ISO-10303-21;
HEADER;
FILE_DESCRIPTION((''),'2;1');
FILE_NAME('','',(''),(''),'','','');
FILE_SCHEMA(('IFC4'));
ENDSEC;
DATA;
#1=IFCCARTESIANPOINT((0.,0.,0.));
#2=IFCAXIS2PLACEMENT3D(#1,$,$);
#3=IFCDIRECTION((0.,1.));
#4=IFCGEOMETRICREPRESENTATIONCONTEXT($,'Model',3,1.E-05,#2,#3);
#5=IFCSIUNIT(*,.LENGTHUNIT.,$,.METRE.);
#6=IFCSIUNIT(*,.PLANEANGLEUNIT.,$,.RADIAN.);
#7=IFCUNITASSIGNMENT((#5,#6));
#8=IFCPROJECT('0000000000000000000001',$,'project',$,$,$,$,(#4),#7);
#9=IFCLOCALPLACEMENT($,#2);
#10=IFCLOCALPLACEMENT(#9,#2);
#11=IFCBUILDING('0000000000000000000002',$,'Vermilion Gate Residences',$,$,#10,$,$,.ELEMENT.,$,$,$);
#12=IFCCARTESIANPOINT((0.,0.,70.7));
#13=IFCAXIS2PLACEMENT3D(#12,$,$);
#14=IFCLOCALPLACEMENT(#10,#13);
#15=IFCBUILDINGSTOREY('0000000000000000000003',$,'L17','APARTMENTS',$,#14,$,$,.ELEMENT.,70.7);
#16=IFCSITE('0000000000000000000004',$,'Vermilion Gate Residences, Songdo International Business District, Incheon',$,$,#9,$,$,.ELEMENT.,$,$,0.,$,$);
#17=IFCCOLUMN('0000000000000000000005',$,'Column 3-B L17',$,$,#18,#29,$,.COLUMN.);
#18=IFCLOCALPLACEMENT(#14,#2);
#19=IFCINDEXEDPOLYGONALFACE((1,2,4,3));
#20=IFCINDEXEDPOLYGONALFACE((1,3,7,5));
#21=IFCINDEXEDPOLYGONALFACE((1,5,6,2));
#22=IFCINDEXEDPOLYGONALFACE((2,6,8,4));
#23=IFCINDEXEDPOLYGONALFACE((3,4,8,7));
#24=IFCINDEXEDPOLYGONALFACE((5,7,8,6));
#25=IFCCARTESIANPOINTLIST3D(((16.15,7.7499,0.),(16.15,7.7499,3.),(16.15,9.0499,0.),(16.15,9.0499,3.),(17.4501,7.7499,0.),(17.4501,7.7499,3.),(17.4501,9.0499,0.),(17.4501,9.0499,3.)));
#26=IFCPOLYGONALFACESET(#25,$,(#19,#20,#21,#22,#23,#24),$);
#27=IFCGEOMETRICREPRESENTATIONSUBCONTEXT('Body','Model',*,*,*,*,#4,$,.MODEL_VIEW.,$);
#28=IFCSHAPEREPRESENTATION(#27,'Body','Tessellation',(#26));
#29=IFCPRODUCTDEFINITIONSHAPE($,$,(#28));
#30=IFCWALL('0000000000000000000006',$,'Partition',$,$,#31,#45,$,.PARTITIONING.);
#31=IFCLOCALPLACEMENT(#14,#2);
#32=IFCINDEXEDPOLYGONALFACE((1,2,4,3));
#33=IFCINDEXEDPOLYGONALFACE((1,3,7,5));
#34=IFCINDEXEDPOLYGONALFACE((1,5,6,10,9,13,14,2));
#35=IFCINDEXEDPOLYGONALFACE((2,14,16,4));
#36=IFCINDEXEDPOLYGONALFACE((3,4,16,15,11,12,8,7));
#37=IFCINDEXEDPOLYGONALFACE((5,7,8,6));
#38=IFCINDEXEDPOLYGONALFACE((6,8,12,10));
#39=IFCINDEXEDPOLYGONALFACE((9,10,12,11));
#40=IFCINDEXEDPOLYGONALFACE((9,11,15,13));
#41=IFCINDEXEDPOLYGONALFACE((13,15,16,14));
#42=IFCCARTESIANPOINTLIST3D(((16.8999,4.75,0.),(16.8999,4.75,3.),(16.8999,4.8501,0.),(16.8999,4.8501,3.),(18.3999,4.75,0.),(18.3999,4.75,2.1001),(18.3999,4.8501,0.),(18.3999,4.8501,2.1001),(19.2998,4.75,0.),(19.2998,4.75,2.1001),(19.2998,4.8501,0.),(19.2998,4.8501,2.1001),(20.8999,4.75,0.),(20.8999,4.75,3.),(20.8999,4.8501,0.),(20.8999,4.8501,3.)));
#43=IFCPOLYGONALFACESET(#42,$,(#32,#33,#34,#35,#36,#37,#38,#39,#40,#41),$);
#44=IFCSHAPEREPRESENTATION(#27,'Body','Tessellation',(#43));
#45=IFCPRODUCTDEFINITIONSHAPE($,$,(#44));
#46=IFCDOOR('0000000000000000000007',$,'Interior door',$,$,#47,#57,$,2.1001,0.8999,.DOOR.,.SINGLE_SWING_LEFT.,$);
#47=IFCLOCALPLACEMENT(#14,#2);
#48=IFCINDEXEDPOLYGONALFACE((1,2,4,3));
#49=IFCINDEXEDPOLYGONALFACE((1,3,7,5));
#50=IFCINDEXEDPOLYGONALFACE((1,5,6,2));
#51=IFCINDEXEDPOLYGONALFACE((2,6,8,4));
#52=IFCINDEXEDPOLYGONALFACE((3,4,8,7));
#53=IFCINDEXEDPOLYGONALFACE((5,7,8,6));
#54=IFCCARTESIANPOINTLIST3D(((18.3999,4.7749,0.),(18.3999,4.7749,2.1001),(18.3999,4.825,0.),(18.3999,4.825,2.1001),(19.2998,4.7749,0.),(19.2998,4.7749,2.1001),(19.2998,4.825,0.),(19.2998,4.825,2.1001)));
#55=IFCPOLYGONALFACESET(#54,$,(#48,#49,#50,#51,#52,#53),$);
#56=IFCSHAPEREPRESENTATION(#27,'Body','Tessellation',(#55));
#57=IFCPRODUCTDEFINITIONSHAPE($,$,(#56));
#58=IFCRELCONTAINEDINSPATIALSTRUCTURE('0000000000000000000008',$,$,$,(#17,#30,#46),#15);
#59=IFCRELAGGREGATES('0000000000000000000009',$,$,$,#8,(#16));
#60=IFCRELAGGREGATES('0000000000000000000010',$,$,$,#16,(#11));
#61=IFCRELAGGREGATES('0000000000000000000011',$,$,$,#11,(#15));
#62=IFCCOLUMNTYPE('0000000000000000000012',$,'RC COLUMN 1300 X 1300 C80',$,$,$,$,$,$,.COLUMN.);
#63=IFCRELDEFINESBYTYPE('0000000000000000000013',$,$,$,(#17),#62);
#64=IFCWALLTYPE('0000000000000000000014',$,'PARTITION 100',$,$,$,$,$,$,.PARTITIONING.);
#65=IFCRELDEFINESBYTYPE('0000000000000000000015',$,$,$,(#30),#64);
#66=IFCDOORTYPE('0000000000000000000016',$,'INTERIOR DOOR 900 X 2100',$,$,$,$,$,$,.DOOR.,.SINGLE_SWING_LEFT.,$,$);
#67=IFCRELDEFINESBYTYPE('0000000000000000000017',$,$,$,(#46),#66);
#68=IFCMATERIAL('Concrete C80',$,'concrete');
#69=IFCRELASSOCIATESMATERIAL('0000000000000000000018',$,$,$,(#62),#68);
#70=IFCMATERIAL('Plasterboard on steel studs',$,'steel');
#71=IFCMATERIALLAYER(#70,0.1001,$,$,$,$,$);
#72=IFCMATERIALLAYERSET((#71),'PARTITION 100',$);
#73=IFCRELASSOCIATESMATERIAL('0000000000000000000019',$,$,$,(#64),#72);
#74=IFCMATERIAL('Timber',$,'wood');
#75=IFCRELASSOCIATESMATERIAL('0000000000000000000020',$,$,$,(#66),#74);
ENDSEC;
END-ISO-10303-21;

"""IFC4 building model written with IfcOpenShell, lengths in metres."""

from ifc_helpers import new_model, si_unit, direction, frame, frame_2d, origin, origin_2d, place, context, subcontext, project, spatial, rectangle, extrude, material, layer, layer_set, material_profile, profile_set, type_object, element, fill, save


model = new_model("IFC4")

# Units and contexts
model_context = context("Model", 3, precision=1e-05, world=origin(), true_north=direction((0.0, 1.0)))
body_context = subcontext(model_context, "Body", "Model", "MODEL_VIEW")
ifc_project = project(units=[si_unit("LENGTHUNIT", "METRE"), si_unit("PLANEANGLEUNIT", "RADIAN")], contexts=[model_context])

# Site, building, storey
site_placement = place(None, origin())
site = spatial("IfcSite", under=ifc_project, at=site_placement, Name="Vermilion Gate Residences, Songdo International Business District, Incheon", CompositionType="ELEMENT", RefElevation=0.0)
building_placement = place(site_placement, origin())
building = spatial("IfcBuilding", under=site, at=building_placement, Name="Vermilion Gate Residences", CompositionType="ELEMENT")
storey_placement = place(building_placement, frame((0.0, 0.0, 70.7)))
storey = spatial("IfcBuildingStorey", under=building, at=storey_placement, Name="L17", Description="APARTMENTS", CompositionType="ELEMENT", Elevation=70.7)

# Column
ifc_material_1 = material(Name="Concrete C80", Category="concrete")
ifc_material_profile = material_profile(ifc_material_1, rectangle(XDim=1.3, YDim=1.3, at=origin_2d()), Name="RC-1300x1300")
ifc_profile_set = profile_set([ifc_material_profile], Name="Concrete C80")
column_type = type_object("IfcColumnType", Name="RC COLUMN 1300 X 1300 C80", PredefinedType="COLUMN", material=ifc_profile_set)
column_placement = place(storey_placement, frame((16.8, 8.3999, 0.0), z_axis=(0.0, 0.0, 1.0), x_axis=(1.0, 0.0, 0.0)))
element("IfcColumn", 1, at=column_placement, inside=storey, type_object=column_type, Name="Column 3-B L17", PredefinedType="COLUMN", context=body_context, shape_type="SweptSolid", body=[
    extrude(rectangle(XDim=1.3, YDim=1.3, at=origin_2d()), origin(), (0.0, 0.0, 1.0), 3.0),
])

# Wall, opening, door
ifc_material_2 = material(Name="Plasterboard on steel studs", Category="steel")
ifc_layer_1 = layer(ifc_material_2, 0.1001)
ifc_layer_set_1 = layer_set([ifc_layer_1], Name="PARTITION 100")
wall_type_1 = type_object("IfcWallType", Name="PARTITION 100", PredefinedType="PARTITIONING", material=ifc_layer_set_1)
wall_1_placement = place(storey_placement, frame((16.8999, 4.8, 0.0), z_axis=(0.0, 0.0, 1.0), x_axis=(1.0, 0.0, 0.0)))
wall_1 = element("IfcWall", 2, at=wall_1_placement, inside=storey, type_object=wall_type_1, Name="Partition", PredefinedType="PARTITIONING", context=body_context, shape_type="SweptSolid", body=[
    extrude(rectangle(XDim=4.0, YDim=0.1001, at=frame_2d((2.0, 0.0))), origin(), (0.0, 0.0, 1.0), 3.0),
])
opening_1_placement = place(wall_1_placement, frame((1.5, 0.0, 0.0)))
opening_1 = element("IfcOpeningElement", 3, at=opening_1_placement, cuts=wall_1, PredefinedType="OPENING", context=body_context, shape_type="SweptSolid", body=[
    extrude(rectangle(XDim=0.8999, YDim=2.1001, at=frame_2d((0.45, 1.05))), frame((0.0, 0.0601, 0.0), z_axis=(0.0, -1.0, 0.0), x_axis=(1.0, 0.0, 0.0)), (0.0, 0.0, 1.0), 0.1201),
])
ifc_material_3 = material(Name="Timber", Category="wood")
door_type = type_object("IfcDoorType", Name="INTERIOR DOOR 900 X 2100", OperationType="SINGLE_SWING_LEFT", PredefinedType="DOOR", material=ifc_material_3)
door_1_placement = place(opening_1_placement, origin())
door_1 = element("IfcDoor", 4, at=door_1_placement, inside=storey, type_object=door_type, Name="Interior door", OperationType="SINGLE_SWING_LEFT", OverallHeight=2.1001, OverallWidth=0.8999, PredefinedType="DOOR", context=body_context, shape_type="SweptSolid", body=[
    extrude(rectangle(XDim=0.8999, YDim=2.1001, at=frame_2d((0.45, 1.05))), frame((0.0, 0.0249, 0.0), z_axis=(0.0, -1.0, 0.0), x_axis=(1.0, 0.0, 0.0)), (0.0, 0.0, 1.0), 0.05),
])
fill(opening_1, door_1)

save(model, "model.ifc")
